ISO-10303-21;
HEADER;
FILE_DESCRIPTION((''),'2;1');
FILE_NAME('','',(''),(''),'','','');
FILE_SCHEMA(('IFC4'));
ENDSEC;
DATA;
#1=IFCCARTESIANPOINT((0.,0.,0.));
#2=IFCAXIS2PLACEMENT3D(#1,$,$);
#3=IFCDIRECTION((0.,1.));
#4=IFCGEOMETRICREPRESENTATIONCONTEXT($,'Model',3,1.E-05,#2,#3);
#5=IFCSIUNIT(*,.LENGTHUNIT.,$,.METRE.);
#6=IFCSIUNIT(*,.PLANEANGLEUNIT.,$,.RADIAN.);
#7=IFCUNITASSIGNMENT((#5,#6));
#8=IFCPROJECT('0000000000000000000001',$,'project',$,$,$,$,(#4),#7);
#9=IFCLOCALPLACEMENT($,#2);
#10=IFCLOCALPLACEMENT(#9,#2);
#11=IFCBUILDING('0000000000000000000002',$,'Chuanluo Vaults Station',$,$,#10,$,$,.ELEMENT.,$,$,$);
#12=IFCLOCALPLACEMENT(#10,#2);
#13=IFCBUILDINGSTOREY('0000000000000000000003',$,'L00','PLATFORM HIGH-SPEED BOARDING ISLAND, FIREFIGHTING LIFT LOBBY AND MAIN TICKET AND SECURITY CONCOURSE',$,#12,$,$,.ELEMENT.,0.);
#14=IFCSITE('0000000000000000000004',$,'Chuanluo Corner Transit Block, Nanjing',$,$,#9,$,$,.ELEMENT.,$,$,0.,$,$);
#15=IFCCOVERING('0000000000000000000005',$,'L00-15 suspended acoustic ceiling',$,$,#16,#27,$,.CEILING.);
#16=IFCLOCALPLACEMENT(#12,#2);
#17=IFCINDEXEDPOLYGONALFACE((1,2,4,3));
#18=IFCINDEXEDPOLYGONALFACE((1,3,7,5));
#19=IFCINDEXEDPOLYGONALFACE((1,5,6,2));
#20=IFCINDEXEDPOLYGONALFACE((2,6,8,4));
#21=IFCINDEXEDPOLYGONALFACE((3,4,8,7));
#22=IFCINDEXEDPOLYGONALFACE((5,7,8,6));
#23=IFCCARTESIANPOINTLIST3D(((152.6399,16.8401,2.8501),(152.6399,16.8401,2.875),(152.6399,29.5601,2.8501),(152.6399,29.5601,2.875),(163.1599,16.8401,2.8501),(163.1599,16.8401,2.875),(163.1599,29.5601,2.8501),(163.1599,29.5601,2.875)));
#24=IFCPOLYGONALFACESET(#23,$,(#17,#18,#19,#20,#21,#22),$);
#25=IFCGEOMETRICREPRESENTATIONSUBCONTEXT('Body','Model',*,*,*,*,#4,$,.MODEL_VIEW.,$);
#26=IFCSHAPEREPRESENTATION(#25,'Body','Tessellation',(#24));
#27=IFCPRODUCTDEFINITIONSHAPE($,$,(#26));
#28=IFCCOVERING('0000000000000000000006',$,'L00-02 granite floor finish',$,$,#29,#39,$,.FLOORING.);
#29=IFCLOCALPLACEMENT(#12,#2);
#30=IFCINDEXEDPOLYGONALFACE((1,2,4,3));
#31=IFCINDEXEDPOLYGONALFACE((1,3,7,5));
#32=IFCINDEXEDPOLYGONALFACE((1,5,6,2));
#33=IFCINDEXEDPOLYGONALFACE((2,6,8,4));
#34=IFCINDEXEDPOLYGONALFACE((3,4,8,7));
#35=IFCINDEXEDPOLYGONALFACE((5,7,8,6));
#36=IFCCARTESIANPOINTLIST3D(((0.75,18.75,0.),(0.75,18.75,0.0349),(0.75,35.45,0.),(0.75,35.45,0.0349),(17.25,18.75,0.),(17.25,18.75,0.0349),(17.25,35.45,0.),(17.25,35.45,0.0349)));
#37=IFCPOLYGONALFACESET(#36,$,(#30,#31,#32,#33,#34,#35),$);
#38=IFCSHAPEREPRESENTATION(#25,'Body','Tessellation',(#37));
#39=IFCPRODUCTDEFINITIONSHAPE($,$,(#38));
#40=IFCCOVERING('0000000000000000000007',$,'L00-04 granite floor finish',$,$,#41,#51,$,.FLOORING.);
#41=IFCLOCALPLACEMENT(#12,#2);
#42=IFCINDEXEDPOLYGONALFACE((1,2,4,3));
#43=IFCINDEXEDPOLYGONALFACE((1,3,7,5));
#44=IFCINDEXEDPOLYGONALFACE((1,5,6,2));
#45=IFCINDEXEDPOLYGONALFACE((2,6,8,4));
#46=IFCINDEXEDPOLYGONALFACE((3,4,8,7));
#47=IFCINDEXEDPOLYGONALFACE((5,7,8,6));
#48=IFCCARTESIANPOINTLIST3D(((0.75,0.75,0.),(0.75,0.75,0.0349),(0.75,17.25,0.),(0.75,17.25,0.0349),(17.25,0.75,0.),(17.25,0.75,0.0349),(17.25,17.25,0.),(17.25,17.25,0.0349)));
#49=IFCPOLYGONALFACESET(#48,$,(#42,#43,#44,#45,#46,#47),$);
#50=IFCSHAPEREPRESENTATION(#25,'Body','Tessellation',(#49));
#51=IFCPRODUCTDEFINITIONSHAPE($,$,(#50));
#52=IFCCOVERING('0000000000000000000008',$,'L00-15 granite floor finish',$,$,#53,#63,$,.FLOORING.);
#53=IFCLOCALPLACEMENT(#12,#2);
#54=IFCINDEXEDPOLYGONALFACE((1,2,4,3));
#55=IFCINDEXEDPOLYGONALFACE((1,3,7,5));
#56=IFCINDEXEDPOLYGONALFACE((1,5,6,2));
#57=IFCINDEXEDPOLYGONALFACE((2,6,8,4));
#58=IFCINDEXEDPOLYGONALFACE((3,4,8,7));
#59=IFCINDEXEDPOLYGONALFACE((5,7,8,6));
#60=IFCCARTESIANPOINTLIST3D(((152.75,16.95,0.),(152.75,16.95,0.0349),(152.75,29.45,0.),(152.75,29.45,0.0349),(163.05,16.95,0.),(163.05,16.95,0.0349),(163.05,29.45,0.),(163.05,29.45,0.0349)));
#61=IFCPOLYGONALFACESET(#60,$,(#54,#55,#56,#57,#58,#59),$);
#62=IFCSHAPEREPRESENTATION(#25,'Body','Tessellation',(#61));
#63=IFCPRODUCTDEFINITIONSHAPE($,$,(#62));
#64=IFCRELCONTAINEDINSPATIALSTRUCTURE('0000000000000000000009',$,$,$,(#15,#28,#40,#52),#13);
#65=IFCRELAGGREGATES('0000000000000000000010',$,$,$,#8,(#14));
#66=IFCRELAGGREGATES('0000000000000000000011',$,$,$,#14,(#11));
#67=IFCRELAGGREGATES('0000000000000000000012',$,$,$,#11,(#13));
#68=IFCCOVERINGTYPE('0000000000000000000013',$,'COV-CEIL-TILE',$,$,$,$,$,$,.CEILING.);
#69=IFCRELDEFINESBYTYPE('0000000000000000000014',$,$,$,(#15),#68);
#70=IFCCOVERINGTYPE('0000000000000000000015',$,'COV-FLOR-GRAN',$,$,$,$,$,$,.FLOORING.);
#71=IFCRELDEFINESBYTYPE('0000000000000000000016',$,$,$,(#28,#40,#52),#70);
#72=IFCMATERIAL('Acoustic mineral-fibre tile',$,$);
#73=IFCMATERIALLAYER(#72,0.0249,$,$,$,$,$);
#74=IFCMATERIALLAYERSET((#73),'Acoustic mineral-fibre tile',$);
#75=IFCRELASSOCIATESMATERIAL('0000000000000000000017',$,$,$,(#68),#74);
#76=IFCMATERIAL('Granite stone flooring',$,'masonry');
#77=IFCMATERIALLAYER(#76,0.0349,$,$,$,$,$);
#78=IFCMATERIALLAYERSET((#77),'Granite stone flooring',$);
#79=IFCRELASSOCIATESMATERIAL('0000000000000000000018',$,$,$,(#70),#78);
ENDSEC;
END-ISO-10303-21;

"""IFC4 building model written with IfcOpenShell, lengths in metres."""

from ifc_helpers import new_model, si_unit, direction, frame, origin, place, context, subcontext, project, spatial, polyline, outline, extrude, material, layer, layer_set, type_object, element, save


model = new_model("IFC4")

# Units and contexts
model_context = context("Model", 3, precision=1e-05, world=origin(), true_north=direction((0.0, 1.0)))
body_context = subcontext(model_context, "Body", "Model", "MODEL_VIEW")
ifc_project = project(units=[si_unit("LENGTHUNIT", "METRE"), si_unit("PLANEANGLEUNIT", "RADIAN")], contexts=[model_context])

# Site, building, storey
site_placement = place(None, origin())
site = spatial("IfcSite", under=ifc_project, at=site_placement, Name="Chuanluo Corner Transit Block, Nanjing", CompositionType="ELEMENT", RefElevation=0.0)
building_placement = place(site_placement, origin())
building = spatial("IfcBuilding", under=site, at=building_placement, Name="Chuanluo Vaults Station", CompositionType="ELEMENT")
storey_placement = place(building_placement, origin())
storey = spatial("IfcBuildingStorey", under=building, at=storey_placement, Name="L00", Description="PLATFORM HIGH-SPEED BOARDING ISLAND, FIREFIGHTING LIFT LOBBY AND MAIN TICKET AND SECURITY CONCOURSE", CompositionType="ELEMENT", Elevation=0.0)

# Coverings
ifc_material_1 = material(Name="Acoustic mineral-fibre tile")
ifc_layer_1 = layer(ifc_material_1, 0.0249)
ifc_layer_set_1 = layer_set([ifc_layer_1], Name="Acoustic mineral-fibre tile")
covering_type_1 = type_object("IfcCoveringType", Name="COV-CEIL-TILE", PredefinedType="CEILING", material=ifc_layer_set_1)
covering_1_placement = place(storey_placement, frame((0.0, 0.0, 2.8501)))
element("IfcCovering", 1, at=covering_1_placement, inside=storey, type_object=covering_type_1, Name="L00-15 suspended acoustic ceiling", PredefinedType="CEILING", context=body_context, shape_type="SweptSolid", body=[
    extrude(outline(polyline([(152.6399, 16.8401), (163.1599, 16.8401), (163.1599, 29.5601), (152.6399, 29.5601), (152.6399, 16.8401)])), origin(), (0.0, 0.0, 1.0), 0.0249),
])
ifc_material_2 = material(Name="Granite stone flooring", Category="masonry")
ifc_layer_2 = layer(ifc_material_2, 0.0349)
ifc_layer_set_2 = layer_set([ifc_layer_2], Name="Granite stone flooring")
covering_type_2 = type_object("IfcCoveringType", Name="COV-FLOR-GRAN", PredefinedType="FLOORING", material=ifc_layer_set_2)
covering_2_placement = place(storey_placement, origin())
element("IfcCovering", 2, at=covering_2_placement, inside=storey, type_object=covering_type_2, Name="L00-02 granite floor finish", PredefinedType="FLOORING", context=body_context, shape_type="SweptSolid", body=[
    extrude(outline(polyline([(0.75, 18.75), (17.25, 18.75), (17.25, 35.45), (0.75, 35.45), (0.75, 18.75)])), origin(), (0.0, 0.0, 1.0), 0.0349),
])
covering_3_placement = place(storey_placement, origin())
element("IfcCovering", 3, at=covering_3_placement, inside=storey, type_object=covering_type_2, Name="L00-04 granite floor finish", PredefinedType="FLOORING", context=body_context, shape_type="SweptSolid", body=[
    extrude(outline(polyline([(0.75, 0.75), (17.25, 0.75), (17.25, 17.25), (0.75, 17.25), (0.75, 0.75)])), origin(), (0.0, 0.0, 1.0), 0.0349),
])
covering_4_placement = place(storey_placement, origin())
element("IfcCovering", 4, at=covering_4_placement, inside=storey, type_object=covering_type_2, Name="L00-15 granite floor finish", PredefinedType="FLOORING", context=body_context, shape_type="SweptSolid", body=[
    extrude(outline(polyline([(152.75, 16.95), (163.05, 16.95), (163.05, 29.45), (152.75, 29.45), (152.75, 16.95)])), origin(), (0.0, 0.0, 1.0), 0.0349),
])

save(model, "model.ifc")
